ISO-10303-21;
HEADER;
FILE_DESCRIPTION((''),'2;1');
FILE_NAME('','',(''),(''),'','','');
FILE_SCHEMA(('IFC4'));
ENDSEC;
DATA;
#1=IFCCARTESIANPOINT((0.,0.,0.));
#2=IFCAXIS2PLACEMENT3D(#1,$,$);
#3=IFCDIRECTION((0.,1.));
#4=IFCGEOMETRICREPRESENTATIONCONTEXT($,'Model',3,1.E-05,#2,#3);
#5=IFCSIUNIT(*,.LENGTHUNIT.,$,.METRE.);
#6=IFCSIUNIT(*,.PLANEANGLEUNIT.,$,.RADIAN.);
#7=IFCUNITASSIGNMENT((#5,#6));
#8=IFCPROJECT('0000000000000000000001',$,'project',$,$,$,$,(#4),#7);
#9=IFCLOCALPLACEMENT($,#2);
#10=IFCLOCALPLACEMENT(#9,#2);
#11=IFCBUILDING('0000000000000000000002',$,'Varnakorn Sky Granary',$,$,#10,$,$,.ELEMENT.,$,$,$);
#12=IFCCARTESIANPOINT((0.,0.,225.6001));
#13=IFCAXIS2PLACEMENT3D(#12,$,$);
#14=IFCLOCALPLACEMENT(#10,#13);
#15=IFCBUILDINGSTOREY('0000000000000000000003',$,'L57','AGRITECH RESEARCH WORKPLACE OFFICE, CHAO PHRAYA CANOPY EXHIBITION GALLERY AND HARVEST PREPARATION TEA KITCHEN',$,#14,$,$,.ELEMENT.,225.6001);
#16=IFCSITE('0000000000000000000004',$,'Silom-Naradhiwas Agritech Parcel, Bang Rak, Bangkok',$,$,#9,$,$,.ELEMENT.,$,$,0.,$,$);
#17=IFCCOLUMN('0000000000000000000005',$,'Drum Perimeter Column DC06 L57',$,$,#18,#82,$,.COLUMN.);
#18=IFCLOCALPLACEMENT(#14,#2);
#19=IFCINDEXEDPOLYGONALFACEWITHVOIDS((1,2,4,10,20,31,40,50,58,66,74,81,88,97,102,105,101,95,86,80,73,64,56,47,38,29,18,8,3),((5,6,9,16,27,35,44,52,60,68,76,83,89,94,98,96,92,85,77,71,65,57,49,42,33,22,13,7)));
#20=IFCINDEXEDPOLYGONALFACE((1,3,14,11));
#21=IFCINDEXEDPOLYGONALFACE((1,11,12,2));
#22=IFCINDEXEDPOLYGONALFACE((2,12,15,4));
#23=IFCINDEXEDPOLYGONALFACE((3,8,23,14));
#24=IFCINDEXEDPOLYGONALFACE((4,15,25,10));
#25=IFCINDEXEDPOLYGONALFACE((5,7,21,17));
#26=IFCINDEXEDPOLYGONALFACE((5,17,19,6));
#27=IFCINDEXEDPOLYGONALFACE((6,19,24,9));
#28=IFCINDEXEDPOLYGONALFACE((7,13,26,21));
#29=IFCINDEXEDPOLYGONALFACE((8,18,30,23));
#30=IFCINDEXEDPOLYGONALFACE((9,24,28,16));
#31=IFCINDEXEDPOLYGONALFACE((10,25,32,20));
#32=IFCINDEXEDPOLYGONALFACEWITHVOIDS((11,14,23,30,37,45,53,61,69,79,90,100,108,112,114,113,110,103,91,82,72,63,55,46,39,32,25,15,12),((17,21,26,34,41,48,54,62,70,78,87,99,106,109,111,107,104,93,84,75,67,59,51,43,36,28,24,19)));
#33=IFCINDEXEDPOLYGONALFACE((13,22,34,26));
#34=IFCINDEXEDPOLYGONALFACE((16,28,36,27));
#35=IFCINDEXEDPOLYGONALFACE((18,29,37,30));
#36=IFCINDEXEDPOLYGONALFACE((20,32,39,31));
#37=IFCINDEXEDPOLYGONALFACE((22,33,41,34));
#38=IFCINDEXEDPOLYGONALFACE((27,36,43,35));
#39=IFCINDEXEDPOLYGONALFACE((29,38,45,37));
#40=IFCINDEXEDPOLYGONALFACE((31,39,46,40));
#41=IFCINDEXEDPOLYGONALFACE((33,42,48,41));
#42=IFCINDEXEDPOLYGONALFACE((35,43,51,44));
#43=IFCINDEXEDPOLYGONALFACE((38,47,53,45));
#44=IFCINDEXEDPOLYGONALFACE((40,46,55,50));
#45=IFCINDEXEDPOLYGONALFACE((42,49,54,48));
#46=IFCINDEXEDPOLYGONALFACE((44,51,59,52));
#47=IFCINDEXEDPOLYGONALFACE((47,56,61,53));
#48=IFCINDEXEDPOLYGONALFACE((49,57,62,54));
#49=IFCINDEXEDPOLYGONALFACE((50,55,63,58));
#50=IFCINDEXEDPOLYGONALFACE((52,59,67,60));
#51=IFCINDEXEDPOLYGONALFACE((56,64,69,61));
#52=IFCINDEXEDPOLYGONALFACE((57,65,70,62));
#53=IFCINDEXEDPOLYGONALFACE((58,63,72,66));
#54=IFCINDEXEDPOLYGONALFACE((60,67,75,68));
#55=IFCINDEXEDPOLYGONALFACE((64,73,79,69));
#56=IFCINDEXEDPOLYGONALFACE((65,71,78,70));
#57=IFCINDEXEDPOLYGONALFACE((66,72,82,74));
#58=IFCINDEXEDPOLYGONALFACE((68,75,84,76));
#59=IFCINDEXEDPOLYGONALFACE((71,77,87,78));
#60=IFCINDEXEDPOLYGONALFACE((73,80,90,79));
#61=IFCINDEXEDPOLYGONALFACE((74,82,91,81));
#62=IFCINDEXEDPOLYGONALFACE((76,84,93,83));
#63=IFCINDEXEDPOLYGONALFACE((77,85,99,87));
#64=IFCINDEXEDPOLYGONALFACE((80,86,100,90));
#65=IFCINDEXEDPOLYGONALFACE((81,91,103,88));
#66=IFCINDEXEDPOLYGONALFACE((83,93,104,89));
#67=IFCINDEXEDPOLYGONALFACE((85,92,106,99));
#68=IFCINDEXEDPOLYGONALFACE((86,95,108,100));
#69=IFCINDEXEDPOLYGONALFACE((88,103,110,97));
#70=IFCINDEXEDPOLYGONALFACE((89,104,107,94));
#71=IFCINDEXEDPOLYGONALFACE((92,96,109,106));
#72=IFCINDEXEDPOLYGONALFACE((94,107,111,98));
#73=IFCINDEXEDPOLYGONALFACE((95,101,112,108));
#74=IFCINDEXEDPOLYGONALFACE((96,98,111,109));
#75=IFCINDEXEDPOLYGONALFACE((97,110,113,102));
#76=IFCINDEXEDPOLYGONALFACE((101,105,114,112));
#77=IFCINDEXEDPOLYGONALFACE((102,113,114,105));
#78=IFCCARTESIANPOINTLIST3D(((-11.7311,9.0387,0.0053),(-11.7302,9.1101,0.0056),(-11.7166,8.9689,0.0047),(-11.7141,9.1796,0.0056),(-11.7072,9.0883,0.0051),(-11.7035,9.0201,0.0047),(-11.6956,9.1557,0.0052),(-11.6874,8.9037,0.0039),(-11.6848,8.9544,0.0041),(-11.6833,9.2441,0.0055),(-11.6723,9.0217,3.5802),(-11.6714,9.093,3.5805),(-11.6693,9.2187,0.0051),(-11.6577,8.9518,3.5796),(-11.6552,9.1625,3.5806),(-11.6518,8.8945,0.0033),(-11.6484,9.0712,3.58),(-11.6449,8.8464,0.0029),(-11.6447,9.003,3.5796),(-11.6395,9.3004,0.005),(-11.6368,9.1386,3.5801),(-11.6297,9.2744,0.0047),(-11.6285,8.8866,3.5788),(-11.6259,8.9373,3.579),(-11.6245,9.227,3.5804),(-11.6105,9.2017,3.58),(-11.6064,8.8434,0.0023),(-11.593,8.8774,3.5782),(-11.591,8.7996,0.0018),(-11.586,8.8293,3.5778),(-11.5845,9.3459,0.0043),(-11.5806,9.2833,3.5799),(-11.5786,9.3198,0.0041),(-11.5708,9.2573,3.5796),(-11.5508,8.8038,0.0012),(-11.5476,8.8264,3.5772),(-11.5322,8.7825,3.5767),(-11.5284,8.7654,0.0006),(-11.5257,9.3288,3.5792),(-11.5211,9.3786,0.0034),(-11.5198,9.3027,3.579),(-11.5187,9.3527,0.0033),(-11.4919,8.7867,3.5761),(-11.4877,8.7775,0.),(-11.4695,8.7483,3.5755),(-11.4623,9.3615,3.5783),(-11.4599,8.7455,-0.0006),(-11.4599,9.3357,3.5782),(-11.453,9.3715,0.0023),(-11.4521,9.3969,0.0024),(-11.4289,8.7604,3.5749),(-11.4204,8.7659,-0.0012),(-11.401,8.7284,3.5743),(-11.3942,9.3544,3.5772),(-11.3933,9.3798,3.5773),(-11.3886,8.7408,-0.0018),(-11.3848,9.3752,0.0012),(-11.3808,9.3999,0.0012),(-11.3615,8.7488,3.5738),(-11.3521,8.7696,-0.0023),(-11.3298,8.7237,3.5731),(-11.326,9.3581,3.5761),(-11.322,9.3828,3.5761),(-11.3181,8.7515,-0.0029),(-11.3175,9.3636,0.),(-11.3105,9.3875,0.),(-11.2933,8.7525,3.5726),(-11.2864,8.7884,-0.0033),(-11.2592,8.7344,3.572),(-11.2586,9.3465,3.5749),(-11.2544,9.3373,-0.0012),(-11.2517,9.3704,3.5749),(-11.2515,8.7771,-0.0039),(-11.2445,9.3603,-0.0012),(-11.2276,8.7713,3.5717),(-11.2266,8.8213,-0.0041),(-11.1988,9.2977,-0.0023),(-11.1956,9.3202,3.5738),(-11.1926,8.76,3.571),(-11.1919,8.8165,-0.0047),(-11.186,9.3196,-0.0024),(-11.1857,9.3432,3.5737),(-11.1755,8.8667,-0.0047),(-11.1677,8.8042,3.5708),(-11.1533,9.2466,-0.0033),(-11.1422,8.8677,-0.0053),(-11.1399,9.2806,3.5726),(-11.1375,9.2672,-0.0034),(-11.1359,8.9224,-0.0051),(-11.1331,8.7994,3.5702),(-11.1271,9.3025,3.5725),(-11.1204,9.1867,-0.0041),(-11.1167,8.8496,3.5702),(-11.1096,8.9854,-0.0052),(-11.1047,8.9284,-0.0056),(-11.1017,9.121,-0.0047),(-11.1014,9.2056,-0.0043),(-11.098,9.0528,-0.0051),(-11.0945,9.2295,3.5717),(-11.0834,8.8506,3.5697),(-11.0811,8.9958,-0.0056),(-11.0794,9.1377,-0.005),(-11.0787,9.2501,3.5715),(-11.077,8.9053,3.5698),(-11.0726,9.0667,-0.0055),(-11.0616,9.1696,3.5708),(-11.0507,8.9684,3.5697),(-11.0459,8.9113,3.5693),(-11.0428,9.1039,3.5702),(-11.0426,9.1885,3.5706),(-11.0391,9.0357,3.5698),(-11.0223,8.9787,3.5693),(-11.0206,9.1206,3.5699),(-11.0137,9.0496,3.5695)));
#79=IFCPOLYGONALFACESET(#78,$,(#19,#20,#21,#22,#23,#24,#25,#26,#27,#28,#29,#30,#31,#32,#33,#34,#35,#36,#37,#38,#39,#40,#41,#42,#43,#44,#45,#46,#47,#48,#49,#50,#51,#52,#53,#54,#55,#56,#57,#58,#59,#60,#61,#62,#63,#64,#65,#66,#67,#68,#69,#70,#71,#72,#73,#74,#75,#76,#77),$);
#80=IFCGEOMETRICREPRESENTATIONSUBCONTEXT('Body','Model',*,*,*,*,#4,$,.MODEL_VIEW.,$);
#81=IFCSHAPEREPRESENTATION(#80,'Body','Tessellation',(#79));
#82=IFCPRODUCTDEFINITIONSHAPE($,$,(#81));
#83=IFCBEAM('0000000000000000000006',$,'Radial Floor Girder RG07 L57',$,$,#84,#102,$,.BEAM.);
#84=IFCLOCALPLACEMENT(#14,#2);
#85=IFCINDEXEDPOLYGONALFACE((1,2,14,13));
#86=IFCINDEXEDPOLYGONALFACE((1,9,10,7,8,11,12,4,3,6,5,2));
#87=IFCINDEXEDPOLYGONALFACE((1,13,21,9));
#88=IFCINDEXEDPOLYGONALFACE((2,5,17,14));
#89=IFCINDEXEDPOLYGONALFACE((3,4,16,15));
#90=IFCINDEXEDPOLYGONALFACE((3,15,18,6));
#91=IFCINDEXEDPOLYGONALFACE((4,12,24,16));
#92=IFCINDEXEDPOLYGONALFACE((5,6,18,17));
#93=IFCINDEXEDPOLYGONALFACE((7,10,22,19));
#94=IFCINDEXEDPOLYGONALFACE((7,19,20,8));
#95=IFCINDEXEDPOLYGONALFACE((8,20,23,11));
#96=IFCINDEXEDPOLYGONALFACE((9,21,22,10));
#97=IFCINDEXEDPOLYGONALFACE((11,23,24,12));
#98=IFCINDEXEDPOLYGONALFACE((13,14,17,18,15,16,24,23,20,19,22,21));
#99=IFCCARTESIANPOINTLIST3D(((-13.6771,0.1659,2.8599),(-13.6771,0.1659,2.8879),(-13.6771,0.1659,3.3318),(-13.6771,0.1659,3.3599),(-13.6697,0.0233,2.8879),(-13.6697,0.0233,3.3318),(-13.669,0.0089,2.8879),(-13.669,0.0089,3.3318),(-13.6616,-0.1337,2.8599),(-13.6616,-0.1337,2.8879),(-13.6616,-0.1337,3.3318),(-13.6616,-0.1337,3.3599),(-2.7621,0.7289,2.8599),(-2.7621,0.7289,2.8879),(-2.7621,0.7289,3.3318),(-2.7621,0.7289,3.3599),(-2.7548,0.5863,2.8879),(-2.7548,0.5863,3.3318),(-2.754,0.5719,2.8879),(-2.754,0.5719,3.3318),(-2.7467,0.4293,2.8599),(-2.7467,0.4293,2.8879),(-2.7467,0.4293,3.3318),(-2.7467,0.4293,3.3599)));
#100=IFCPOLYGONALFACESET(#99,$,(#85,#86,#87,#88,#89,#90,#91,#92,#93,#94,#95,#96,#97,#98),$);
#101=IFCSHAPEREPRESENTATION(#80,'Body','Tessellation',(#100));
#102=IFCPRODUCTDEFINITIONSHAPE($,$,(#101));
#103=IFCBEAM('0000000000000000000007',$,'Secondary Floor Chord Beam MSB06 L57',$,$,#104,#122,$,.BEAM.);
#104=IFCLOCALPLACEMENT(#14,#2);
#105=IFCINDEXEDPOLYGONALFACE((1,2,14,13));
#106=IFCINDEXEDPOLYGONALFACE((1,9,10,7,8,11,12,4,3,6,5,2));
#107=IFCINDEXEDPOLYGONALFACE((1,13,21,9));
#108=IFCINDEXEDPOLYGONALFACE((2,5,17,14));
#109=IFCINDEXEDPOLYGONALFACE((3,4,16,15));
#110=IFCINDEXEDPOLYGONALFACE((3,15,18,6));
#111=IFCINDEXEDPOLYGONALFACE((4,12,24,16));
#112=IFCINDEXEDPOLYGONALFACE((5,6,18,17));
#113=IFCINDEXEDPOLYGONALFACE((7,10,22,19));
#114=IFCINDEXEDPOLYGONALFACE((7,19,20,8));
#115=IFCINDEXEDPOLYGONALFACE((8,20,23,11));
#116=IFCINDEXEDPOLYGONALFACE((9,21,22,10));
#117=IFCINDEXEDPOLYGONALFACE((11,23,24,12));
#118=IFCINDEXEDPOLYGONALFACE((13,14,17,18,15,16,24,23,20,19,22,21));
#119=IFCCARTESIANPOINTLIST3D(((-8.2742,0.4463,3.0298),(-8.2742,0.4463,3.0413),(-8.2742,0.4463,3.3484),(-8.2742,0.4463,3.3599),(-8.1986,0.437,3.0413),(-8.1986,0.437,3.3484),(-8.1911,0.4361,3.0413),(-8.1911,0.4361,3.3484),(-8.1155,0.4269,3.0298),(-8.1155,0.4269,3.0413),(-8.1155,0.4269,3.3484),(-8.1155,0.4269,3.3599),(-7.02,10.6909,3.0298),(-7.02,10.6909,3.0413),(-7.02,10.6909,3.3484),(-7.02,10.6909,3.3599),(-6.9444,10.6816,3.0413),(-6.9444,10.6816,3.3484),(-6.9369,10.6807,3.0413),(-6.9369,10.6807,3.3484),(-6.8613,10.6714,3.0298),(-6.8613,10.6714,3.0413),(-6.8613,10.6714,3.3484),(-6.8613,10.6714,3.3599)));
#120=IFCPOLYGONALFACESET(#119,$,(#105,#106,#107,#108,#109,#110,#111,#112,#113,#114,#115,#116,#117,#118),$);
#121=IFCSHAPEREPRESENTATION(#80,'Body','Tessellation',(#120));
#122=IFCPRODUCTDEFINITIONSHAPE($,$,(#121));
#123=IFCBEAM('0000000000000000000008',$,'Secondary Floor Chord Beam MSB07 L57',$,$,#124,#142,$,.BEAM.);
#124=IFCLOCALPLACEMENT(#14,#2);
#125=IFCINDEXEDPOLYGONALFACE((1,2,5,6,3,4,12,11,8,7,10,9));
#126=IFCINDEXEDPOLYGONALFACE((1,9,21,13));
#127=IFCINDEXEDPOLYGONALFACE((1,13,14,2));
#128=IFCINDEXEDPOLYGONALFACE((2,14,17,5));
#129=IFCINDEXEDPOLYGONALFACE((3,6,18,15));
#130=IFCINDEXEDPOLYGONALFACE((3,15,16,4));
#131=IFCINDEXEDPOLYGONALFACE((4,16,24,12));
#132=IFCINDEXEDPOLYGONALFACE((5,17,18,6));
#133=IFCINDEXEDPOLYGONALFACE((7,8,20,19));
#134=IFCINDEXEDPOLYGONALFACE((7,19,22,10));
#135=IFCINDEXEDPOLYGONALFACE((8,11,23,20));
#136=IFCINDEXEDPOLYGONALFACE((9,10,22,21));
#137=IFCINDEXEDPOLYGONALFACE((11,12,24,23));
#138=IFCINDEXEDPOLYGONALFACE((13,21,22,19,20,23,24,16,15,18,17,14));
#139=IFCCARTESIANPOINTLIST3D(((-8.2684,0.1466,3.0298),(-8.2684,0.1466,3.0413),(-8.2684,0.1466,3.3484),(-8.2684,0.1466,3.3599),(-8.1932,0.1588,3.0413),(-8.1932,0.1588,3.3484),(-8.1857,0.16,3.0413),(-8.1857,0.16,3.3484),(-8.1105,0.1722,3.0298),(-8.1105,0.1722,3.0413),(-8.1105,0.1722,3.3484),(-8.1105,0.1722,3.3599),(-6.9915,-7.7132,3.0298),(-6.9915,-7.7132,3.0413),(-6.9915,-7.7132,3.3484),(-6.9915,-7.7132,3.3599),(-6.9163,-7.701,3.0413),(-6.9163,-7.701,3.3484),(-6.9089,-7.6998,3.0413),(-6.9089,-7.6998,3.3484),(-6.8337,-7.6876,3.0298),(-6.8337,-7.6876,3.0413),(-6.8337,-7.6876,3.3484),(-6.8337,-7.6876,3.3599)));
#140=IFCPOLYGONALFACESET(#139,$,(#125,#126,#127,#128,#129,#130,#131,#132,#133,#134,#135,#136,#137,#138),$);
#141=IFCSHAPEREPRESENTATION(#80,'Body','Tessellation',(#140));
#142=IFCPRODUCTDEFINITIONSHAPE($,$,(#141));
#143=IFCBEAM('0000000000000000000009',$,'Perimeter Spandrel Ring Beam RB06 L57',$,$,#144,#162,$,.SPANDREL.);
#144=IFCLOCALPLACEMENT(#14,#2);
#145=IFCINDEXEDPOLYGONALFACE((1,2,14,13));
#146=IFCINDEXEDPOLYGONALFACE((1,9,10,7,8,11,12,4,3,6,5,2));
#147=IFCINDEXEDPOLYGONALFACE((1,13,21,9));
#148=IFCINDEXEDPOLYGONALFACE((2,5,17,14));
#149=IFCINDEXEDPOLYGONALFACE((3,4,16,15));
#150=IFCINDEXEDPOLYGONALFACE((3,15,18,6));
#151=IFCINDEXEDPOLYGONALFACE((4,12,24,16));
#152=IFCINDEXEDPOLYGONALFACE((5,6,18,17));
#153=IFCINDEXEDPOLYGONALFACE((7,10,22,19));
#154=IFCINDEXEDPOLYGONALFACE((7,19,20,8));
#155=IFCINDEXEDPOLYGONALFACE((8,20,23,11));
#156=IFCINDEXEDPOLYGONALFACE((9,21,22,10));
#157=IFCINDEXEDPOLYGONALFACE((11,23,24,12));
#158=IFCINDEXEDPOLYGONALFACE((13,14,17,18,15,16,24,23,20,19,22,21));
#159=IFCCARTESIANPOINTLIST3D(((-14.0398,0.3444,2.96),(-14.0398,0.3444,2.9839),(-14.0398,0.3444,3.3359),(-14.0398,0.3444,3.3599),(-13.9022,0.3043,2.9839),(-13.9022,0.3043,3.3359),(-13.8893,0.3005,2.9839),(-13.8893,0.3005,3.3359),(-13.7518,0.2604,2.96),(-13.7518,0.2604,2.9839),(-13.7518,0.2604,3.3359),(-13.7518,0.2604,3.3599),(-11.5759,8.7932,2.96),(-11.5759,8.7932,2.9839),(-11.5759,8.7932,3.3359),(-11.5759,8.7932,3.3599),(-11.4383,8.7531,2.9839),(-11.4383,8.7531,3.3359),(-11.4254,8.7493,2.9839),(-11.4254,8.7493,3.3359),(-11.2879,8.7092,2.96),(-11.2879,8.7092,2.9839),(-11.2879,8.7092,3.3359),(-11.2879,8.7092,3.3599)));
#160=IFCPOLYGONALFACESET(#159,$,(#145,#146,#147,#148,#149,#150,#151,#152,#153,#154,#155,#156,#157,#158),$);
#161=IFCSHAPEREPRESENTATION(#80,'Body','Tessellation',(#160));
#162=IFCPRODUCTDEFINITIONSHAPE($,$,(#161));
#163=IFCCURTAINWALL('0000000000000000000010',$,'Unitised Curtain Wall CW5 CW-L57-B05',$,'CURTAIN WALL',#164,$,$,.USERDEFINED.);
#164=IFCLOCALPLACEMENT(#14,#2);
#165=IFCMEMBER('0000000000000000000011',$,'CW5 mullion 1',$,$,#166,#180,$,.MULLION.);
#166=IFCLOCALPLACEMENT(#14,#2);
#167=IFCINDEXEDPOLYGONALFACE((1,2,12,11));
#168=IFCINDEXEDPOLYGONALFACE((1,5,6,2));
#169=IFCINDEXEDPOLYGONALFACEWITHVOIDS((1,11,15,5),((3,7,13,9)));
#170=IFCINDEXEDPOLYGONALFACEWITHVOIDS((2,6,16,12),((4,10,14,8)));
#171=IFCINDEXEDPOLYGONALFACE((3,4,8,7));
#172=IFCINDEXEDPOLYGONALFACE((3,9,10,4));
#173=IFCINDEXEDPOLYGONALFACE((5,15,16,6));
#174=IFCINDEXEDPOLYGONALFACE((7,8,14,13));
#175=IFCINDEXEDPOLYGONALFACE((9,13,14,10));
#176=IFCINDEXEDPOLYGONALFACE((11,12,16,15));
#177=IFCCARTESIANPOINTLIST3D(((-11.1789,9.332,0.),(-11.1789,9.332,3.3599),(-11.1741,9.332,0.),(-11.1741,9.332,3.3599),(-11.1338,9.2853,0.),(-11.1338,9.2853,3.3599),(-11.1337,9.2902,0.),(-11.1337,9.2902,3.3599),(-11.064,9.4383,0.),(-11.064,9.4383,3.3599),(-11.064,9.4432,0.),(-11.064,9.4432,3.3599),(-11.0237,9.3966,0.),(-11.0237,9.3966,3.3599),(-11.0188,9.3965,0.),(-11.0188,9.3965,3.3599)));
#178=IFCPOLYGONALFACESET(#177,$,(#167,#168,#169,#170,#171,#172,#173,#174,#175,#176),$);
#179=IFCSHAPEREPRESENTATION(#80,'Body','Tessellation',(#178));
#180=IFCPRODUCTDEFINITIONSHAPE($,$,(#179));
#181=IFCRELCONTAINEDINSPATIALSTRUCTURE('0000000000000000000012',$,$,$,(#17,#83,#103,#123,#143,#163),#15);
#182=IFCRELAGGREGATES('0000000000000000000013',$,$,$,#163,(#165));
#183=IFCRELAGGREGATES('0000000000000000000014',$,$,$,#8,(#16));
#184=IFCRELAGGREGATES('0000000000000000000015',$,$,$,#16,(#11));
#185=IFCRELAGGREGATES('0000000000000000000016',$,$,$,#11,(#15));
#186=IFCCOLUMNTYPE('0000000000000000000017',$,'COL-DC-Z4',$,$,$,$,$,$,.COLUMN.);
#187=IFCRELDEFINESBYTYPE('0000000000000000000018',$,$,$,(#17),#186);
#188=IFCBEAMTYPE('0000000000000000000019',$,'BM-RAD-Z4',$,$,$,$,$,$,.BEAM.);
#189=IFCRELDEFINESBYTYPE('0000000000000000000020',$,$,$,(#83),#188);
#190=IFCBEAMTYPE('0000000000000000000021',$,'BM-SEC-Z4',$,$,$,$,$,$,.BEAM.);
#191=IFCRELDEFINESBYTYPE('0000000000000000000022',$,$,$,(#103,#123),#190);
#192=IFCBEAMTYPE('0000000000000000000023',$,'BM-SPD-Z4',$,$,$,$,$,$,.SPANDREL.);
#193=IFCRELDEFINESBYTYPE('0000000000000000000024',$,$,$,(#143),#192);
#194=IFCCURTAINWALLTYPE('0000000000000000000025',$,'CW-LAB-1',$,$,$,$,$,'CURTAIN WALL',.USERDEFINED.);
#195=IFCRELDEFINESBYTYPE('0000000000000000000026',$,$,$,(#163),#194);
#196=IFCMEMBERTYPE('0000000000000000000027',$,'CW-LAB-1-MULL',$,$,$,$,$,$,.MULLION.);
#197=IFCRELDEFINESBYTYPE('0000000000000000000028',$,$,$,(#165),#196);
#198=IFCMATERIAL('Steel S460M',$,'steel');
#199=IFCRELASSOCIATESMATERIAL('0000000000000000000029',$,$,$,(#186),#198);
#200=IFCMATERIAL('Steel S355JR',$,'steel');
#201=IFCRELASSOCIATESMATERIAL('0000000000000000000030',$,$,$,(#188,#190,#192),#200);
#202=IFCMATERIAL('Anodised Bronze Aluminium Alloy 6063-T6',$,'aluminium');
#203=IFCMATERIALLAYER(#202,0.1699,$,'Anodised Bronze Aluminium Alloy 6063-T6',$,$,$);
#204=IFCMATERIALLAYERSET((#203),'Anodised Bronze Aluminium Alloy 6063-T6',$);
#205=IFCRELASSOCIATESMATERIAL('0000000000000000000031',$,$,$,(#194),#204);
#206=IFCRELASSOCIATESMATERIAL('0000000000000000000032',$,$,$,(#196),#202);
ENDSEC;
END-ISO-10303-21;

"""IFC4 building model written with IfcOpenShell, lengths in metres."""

from ifc_helpers import new_model, si_unit, direction, frame, origin, origin_2d, place, context, subcontext, project, spatial, hollow_rectangle, hollow_circle, i_section, extrude, material, layer, layer_set, material_profile, profile_set, type_object, element, aggregate, save


model = new_model("IFC4")

# Units and contexts
model_context = context("Model", 3, precision=1e-05, world=origin(), true_north=direction((0.0, 1.0)))
body_context = subcontext(model_context, "Body", "Model", "MODEL_VIEW")
ifc_project = project(units=[si_unit("LENGTHUNIT", "METRE"), si_unit("PLANEANGLEUNIT", "RADIAN")], contexts=[model_context])

# Site, building, storey
site_placement = place(None, origin())
site = spatial("IfcSite", under=ifc_project, at=site_placement, Name="Silom-Naradhiwas Agritech Parcel, Bang Rak, Bangkok", CompositionType="ELEMENT", RefElevation=0.0)
building_placement = place(site_placement, origin())
building = spatial("IfcBuilding", under=site, at=building_placement, Name="Varnakorn Sky Granary", CompositionType="ELEMENT")
storey_placement = place(building_placement, frame((0.0, 0.0, 225.6001)))
storey = spatial("IfcBuildingStorey", under=building, at=storey_placement, Name="L57", Description="AGRITECH RESEARCH WORKPLACE OFFICE, CHAO PHRAYA CANOPY EXHIBITION GALLERY AND HARVEST PREPARATION TEA KITCHEN", CompositionType="ELEMENT", Elevation=225.6001)

# Column
ifc_material_1 = material(Name="Steel S460M", Category="steel")
ifc_material_profile_1 = material_profile(ifc_material_1, hollow_circle(Radius=0.3301, WallThickness=0.0249, at=origin_2d()), Name="CHS 660x25")
ifc_profile_set_1 = profile_set([ifc_material_profile_1], Name="Steel S460M")
column_type = type_object("IfcColumnType", Name="COL-DC-Z4", PredefinedType="COLUMN", material=ifc_profile_set_1)
column_placement = place(storey_placement, frame((-11.4026, 9.0706, 0.0), z_axis=(0.016456, -0.00478, 0.999853), x_axis=(0.278929, 0.960312, 0.0)))
element("IfcColumn", 1, at=column_placement, inside=storey, type_object=column_type, Name="Drum Perimeter Column DC06 L57", PredefinedType="COLUMN", context=body_context, shape_type="SweptSolid", body=[
    extrude(hollow_circle(Radius=0.3301, WallThickness=0.0249, at=origin_2d()), origin(), (0.0, 0.0, 1.0), 3.5754),
])

# Beams
ifc_material_2 = material(Name="Steel S355JR", Category="steel")
ifc_material_profile_2 = material_profile(ifc_material_2, i_section(OverallWidth=0.3, OverallDepth=0.5, WebThickness=0.0144, FlangeThickness=0.0281, at=origin_2d()), Name="HE 500 B")
ifc_profile_set_2 = profile_set([ifc_material_profile_2], Name="Steel S355JR")
beam_type_1 = type_object("IfcBeamType", Name="BM-RAD-Z4", PredefinedType="BEAM", material=ifc_profile_set_2)
beam_1_placement = place(storey_placement, frame((-2.7544, 0.5791, 3.1099), z_axis=(-0.998672, -0.051511, 0.0), x_axis=(0.051511, -0.998672, 0.0)))
element("IfcBeam", 2, at=beam_1_placement, inside=storey, type_object=beam_type_1, Name="Radial Floor Girder RG07 L57", PredefinedType="BEAM", context=body_context, shape_type="SweptSolid", body=[
    extrude(i_section(OverallWidth=0.3, OverallDepth=0.5, WebThickness=0.0144, FlangeThickness=0.0281, at=origin_2d()), origin(), (0.0, 0.0, 1.0), 10.9294),
])
ifc_material_profile_3 = material_profile(ifc_material_2, i_section(OverallWidth=0.1599, OverallDepth=0.3301, WebThickness=0.0076, FlangeThickness=0.0115, at=origin_2d()), Name="IPE 330")
ifc_profile_set_3 = profile_set([ifc_material_profile_3], Name="Steel S355JR")
beam_type_2 = type_object("IfcBeamType", Name="BM-SEC-Z4", PredefinedType="BEAM", material=ifc_profile_set_3)
beam_2_placement = place(storey_placement, frame((-6.9407, 10.6812, 3.1948), z_axis=(-0.121513, -0.99259, 0.0), x_axis=(0.99259, -0.121513, 0.0)))
element("IfcBeam", 3, at=beam_2_placement, inside=storey, type_object=beam_type_2, Name="Secondary Floor Chord Beam MSB06 L57", PredefinedType="BEAM", context=body_context, shape_type="SweptSolid", body=[
    extrude(i_section(OverallWidth=0.1599, OverallDepth=0.3301, WebThickness=0.0076, FlangeThickness=0.0115, at=origin_2d()), origin(), (0.0, 0.0, 1.0), 10.321),
])
beam_3_placement = place(storey_placement, frame((-8.1895, 0.1594, 3.1948), z_axis=(0.160351, -0.98706, 0.0), x_axis=(0.98706, 0.160351, 0.0)))
element("IfcBeam", 4, at=beam_3_placement, inside=storey, type_object=beam_type_2, Name="Secondary Floor Chord Beam MSB07 L57", PredefinedType="BEAM", context=body_context, shape_type="SweptSolid", body=[
    extrude(i_section(OverallWidth=0.1599, OverallDepth=0.3301, WebThickness=0.0076, FlangeThickness=0.0115, at=origin_2d()), origin(), (0.0, 0.0, 1.0), 7.9629),
])
ifc_material_profile_4 = material_profile(ifc_material_2, i_section(OverallWidth=0.3, OverallDepth=0.3999, WebThickness=0.0134, FlangeThickness=0.0239, at=origin_2d()), Name="HE 400 B")
ifc_profile_set_4 = profile_set([ifc_material_profile_4], Name="Steel S355JR")
beam_type_3 = type_object("IfcBeamType", Name="BM-SPD-Z4", PredefinedType="SPANDREL", material=ifc_profile_set_4)
beam_4_placement = place(storey_placement, frame((-11.4319, 8.7512, 3.1599), z_axis=(-0.279964, -0.960011, 0.0), x_axis=(0.960011, -0.279964, 0.0)))
element("IfcBeam", 5, at=beam_4_placement, inside=storey, type_object=beam_type_3, Name="Perimeter Spandrel Ring Beam RB06 L57", PredefinedType="SPANDREL", context=body_context, shape_type="SweptSolid", body=[
    extrude(i_section(OverallWidth=0.3, OverallDepth=0.3999, WebThickness=0.0134, FlangeThickness=0.0239, at=origin_2d()), origin(), (0.0, 0.0, 1.0), 8.8008),
])

# Curtain wall, member
ifc_material_3 = material(Name="Anodised Bronze Aluminium Alloy 6063-T6", Category="aluminium")
ifc_layer_1 = layer(ifc_material_3, 0.1699, Name="Anodised Bronze Aluminium Alloy 6063-T6")
ifc_layer_set_1 = layer_set([ifc_layer_1], Name="Anodised Bronze Aluminium Alloy 6063-T6")
curtain_wall_type = type_object("IfcCurtainWallType", Name="CW-LAB-1", ElementType="CURTAIN WALL", PredefinedType="USERDEFINED", material=ifc_layer_set_1)
curtain_wall_placement = place(storey_placement, origin())
curtain_wall = element("IfcCurtainWall", 6, at=curtain_wall_placement, inside=storey, type_object=curtain_wall_type, Name="Unitised Curtain Wall CW5 CW-L57-B05", ObjectType="CURTAIN WALL", PredefinedType="USERDEFINED")
ifc_material_profile_5 = material_profile(ifc_material_3, hollow_rectangle(XDim=0.0649, YDim=0.1599, WallThickness=0.0034, at=origin_2d()), Name="ALU MULL 65x160")
ifc_profile_set_5 = profile_set([ifc_material_profile_5], Name="Anodised Bronze Aluminium Alloy 6063-T6")
member_type_1 = type_object("IfcMemberType", Name="CW-LAB-1-MULL", PredefinedType="MULLION", material=ifc_profile_set_5)
member_1_placement = place(storey_placement, frame((-11.0989, 9.3643, 0.0), z_axis=(0.0, 0.0, 1.0), x_axis=(-0.695009, 0.719001, 0.0)))
member_1 = element("IfcMember", 7, at=member_1_placement, type_object=member_type_1, Name="CW5 mullion 1", PredefinedType="MULLION", context=body_context, shape_type="SweptSolid", body=[
    extrude(hollow_rectangle(XDim=0.0649, YDim=0.1599, WallThickness=0.0034, at=origin_2d()), origin(), (0.0, 0.0, 1.0), 3.3599),
])
aggregate(curtain_wall, [member_1])

save(model, "model.ifc")
